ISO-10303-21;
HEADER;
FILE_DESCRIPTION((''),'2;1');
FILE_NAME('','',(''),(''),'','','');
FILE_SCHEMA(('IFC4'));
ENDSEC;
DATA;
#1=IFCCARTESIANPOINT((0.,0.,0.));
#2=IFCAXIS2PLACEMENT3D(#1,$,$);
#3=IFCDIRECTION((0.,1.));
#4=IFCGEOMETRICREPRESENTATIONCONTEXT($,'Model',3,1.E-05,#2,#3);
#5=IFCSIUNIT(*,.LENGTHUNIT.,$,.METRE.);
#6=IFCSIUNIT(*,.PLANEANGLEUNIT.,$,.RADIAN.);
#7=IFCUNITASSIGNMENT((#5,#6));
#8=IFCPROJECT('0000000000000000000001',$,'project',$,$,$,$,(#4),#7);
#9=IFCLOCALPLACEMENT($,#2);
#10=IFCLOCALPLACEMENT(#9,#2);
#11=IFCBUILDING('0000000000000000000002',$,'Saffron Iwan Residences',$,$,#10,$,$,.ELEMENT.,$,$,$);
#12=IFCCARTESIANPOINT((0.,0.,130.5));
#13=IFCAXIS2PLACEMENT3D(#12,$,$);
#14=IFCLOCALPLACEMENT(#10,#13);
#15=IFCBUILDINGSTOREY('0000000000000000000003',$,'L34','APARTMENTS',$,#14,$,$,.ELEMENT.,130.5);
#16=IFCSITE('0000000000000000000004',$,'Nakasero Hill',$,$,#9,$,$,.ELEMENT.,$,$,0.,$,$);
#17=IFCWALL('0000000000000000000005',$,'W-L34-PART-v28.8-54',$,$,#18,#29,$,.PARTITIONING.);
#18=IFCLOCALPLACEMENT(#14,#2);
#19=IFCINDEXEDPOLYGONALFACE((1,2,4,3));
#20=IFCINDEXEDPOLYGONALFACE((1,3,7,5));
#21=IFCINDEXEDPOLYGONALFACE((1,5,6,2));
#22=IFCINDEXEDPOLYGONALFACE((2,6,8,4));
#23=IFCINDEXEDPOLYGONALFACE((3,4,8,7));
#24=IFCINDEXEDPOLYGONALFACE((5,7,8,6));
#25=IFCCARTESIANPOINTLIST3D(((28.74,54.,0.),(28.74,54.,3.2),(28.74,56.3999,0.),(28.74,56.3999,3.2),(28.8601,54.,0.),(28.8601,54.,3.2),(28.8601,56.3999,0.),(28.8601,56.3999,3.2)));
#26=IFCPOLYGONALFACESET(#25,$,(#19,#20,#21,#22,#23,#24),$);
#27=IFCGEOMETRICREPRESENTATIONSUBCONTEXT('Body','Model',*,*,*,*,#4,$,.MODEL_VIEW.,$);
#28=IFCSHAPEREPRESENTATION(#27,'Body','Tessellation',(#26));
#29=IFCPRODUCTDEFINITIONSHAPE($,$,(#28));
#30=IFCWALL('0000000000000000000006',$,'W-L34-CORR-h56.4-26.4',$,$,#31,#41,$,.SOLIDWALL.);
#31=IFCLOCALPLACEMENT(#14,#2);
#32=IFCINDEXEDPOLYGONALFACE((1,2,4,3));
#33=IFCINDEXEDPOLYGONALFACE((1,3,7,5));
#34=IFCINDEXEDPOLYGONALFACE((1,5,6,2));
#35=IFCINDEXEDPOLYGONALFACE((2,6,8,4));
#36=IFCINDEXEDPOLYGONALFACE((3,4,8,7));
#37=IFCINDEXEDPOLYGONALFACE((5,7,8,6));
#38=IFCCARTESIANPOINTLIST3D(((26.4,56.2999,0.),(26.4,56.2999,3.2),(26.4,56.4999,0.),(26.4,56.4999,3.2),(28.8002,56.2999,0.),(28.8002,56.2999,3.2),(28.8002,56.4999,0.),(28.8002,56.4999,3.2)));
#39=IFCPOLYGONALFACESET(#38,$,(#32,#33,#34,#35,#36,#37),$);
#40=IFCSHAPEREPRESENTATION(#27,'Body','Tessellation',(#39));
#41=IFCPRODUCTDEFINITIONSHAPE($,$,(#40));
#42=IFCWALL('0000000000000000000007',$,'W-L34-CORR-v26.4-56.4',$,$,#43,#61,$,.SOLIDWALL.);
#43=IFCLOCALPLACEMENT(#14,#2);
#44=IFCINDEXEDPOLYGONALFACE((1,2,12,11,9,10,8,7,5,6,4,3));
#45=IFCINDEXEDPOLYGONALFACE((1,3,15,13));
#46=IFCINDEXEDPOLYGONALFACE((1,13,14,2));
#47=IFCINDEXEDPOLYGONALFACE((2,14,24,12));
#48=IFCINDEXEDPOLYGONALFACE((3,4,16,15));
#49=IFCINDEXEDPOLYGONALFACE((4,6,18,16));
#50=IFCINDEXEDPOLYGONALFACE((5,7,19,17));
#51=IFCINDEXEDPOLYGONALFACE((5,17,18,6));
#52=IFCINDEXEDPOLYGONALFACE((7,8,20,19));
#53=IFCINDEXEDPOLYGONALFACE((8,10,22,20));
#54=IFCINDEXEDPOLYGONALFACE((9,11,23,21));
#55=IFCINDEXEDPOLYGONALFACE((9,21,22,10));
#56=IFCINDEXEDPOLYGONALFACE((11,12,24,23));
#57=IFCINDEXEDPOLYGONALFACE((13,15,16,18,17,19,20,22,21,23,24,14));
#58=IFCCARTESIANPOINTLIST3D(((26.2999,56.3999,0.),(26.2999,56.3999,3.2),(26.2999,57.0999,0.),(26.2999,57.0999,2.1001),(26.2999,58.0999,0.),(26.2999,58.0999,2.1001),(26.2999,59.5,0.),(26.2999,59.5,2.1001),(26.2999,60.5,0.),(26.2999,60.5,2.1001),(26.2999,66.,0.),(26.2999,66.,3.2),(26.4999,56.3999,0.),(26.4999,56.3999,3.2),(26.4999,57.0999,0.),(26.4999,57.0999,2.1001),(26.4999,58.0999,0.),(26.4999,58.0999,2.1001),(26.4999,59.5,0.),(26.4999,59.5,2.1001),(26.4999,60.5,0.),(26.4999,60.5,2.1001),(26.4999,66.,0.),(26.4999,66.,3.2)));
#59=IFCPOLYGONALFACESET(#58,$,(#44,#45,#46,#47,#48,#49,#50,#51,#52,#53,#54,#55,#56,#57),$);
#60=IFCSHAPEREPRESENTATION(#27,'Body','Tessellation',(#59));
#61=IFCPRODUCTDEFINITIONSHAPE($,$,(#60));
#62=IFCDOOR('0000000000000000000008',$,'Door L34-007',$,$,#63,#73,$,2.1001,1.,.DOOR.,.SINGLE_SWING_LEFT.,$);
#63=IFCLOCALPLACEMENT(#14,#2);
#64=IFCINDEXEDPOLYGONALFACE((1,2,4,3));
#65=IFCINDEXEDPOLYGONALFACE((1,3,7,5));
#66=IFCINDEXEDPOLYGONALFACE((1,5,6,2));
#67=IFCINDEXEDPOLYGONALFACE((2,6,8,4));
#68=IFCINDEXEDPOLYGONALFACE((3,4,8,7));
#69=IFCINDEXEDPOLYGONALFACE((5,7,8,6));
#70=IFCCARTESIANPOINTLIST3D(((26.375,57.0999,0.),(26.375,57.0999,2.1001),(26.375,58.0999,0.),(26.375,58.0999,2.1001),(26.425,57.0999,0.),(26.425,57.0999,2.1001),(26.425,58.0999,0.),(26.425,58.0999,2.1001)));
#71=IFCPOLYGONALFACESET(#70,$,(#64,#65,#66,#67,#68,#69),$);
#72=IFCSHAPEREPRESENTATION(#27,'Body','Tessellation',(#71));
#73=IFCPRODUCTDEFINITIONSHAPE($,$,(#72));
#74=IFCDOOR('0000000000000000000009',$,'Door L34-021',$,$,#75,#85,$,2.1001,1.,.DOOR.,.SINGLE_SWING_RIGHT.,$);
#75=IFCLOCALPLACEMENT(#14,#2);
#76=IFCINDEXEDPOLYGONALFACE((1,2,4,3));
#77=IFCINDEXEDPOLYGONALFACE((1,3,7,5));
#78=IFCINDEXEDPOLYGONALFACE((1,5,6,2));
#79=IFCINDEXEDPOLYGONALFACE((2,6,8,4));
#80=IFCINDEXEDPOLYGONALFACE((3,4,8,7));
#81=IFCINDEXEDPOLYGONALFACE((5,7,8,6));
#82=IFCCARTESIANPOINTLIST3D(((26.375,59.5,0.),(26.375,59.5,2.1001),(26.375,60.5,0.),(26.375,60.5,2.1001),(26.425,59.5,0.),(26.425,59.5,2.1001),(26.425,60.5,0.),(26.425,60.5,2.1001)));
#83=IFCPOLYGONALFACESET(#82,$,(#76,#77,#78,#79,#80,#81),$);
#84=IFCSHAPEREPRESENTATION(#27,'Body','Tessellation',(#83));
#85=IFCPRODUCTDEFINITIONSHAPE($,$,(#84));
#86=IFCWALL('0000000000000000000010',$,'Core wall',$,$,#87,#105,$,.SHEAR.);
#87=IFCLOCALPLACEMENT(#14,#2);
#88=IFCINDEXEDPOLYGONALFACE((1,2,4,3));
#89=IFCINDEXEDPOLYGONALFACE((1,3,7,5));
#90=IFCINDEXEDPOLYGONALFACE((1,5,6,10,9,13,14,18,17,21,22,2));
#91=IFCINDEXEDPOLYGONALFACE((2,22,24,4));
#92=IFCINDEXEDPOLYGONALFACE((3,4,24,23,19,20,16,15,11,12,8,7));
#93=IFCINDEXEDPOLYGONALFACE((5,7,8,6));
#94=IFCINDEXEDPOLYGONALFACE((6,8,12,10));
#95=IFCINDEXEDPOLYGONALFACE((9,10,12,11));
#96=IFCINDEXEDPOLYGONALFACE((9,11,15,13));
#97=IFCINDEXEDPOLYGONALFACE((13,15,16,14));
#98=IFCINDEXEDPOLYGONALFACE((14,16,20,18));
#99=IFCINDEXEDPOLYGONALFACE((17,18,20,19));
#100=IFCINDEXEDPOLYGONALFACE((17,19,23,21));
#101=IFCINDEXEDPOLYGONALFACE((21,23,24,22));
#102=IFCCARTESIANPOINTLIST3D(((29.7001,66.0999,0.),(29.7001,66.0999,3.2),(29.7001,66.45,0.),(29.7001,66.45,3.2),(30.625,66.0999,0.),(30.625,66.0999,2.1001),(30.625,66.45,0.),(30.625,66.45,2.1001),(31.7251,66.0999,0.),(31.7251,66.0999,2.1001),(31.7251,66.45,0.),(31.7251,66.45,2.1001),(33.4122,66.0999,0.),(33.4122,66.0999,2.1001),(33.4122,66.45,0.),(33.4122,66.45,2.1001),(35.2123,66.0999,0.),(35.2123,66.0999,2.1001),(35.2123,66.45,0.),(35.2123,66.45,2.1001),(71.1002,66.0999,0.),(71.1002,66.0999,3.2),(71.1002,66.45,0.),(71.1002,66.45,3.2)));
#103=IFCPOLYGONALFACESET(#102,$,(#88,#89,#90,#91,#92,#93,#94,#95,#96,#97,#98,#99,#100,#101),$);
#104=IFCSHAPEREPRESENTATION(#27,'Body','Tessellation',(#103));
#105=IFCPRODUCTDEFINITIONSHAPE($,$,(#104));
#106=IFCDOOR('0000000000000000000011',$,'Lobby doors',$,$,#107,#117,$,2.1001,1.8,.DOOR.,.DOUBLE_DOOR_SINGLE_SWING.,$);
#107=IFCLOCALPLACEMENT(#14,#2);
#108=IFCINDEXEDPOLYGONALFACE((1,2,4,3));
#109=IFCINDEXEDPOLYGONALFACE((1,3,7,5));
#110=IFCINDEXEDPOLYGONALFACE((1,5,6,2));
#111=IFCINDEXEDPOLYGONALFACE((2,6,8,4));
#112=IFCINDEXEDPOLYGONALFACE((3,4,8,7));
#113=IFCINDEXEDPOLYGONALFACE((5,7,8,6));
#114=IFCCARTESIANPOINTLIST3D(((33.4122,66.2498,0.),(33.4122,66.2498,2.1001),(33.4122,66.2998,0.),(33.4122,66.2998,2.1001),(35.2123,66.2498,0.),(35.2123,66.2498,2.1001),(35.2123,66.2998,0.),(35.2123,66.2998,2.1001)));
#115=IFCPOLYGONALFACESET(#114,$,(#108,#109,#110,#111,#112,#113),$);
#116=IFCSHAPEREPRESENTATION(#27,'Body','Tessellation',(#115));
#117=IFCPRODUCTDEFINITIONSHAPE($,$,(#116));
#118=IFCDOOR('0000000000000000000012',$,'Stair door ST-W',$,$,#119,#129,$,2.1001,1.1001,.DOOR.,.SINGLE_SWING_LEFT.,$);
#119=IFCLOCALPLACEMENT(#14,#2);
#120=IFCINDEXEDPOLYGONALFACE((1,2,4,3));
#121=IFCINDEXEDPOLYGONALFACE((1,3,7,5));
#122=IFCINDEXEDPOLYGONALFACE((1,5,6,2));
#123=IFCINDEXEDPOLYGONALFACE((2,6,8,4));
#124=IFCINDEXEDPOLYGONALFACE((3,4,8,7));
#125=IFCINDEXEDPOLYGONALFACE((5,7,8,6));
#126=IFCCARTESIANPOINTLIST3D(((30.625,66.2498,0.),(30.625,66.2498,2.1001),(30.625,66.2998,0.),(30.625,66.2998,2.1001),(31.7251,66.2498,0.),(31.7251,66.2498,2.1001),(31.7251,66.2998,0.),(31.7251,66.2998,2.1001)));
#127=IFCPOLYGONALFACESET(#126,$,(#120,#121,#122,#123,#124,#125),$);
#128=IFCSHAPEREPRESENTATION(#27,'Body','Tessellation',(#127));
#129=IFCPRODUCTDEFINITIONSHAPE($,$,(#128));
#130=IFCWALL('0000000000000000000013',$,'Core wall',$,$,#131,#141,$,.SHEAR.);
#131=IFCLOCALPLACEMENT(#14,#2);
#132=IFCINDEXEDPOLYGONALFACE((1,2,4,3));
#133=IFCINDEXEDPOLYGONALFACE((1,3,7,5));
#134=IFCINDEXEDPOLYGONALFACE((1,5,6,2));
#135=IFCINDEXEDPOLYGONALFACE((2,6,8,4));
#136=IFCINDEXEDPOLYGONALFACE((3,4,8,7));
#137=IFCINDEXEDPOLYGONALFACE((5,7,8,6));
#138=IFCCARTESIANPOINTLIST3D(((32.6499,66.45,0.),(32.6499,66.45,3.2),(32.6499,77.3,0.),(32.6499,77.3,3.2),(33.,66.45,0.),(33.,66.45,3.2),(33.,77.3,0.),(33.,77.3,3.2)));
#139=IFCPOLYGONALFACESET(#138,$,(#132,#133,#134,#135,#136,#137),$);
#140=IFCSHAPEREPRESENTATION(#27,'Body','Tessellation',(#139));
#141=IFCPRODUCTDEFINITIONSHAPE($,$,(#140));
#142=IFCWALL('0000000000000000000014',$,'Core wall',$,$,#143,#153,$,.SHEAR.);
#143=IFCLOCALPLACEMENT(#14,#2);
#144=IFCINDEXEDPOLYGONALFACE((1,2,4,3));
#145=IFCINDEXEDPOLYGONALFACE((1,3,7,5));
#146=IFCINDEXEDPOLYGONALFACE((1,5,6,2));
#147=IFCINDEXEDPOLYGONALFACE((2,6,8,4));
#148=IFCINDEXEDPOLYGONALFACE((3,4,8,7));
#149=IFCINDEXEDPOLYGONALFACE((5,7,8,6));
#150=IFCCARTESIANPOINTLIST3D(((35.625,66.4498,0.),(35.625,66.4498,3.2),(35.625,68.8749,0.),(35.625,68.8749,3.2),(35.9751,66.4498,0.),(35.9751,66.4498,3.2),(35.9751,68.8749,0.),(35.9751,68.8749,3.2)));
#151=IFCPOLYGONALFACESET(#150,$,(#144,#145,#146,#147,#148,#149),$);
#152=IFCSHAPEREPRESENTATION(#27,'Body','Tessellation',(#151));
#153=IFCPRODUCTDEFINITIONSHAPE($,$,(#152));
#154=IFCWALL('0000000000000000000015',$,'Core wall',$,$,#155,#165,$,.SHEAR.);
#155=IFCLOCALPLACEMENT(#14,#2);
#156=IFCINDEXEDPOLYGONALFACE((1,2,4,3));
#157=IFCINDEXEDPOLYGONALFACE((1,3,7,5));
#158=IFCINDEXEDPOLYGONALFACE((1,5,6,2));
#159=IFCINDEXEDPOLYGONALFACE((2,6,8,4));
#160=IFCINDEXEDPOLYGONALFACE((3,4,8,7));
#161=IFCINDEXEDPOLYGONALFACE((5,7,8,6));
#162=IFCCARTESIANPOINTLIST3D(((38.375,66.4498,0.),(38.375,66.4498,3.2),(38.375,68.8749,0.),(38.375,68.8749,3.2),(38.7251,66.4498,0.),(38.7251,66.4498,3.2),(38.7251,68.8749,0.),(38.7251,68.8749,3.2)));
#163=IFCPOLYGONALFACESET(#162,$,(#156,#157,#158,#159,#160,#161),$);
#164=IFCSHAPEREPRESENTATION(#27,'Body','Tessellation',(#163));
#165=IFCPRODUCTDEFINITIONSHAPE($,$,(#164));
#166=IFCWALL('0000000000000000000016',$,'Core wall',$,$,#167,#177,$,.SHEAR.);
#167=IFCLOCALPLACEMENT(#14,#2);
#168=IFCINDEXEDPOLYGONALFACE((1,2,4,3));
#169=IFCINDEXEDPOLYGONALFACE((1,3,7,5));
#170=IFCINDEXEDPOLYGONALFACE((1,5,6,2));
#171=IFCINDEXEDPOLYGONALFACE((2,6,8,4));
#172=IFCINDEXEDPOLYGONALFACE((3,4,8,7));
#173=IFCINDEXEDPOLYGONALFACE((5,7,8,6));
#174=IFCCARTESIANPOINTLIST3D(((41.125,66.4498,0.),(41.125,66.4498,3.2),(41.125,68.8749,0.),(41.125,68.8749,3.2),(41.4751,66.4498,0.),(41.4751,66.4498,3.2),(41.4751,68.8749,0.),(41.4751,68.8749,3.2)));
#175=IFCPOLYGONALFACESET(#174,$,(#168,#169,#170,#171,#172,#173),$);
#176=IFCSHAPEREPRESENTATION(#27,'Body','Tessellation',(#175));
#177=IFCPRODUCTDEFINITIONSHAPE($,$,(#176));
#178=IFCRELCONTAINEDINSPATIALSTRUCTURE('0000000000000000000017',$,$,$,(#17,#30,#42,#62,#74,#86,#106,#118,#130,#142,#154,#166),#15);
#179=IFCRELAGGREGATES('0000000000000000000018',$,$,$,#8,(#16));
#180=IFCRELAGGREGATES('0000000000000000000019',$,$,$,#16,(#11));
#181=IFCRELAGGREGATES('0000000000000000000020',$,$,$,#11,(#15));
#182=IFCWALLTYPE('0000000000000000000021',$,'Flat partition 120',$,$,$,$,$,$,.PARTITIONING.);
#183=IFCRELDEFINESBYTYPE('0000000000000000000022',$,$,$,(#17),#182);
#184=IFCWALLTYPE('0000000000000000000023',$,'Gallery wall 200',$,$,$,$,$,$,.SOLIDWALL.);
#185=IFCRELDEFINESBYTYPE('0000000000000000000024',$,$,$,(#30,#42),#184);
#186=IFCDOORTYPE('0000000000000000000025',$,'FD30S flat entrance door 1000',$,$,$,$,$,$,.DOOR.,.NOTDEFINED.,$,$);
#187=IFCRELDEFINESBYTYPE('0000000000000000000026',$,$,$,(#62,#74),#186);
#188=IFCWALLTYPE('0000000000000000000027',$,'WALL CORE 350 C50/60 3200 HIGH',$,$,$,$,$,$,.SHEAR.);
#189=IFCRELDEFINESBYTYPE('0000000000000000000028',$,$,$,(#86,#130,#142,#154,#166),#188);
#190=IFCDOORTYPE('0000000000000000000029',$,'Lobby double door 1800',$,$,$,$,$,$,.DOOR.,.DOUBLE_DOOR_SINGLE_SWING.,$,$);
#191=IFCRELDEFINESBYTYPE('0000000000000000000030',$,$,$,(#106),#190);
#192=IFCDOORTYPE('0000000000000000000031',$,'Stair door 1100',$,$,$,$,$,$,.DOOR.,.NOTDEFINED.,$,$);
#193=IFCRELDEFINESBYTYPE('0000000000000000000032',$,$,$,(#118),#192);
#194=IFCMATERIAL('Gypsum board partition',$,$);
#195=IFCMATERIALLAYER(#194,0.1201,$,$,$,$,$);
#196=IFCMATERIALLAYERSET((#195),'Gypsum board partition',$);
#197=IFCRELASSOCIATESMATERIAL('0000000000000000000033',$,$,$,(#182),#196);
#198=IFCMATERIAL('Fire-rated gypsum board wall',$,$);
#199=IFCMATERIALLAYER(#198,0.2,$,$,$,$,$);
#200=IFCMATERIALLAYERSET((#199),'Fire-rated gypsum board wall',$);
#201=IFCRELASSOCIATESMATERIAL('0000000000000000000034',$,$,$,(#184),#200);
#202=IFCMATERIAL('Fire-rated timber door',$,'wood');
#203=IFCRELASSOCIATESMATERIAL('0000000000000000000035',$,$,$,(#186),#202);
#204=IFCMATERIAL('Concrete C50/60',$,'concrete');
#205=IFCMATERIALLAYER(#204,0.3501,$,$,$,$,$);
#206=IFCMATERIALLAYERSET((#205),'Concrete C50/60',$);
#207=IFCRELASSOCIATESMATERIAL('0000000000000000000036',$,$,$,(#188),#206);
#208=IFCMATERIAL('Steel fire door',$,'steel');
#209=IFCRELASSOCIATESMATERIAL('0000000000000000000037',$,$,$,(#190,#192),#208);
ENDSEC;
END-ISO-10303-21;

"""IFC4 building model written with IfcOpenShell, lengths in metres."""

from ifc_helpers import new_model, si_unit, direction, frame, frame_2d, origin, place, context, subcontext, project, spatial, rectangle, extrude, material, layer, layer_set, type_object, element, fill, save


model = new_model("IFC4")

# Units and contexts
model_context = context("Model", 3, precision=1e-05, world=origin(), true_north=direction((0.0, 1.0)))
body_context = subcontext(model_context, "Body", "Model", "MODEL_VIEW")
ifc_project = project(units=[si_unit("LENGTHUNIT", "METRE"), si_unit("PLANEANGLEUNIT", "RADIAN")], contexts=[model_context])

# Site, building, storey
site_placement = place(None, origin())
site = spatial("IfcSite", under=ifc_project, at=site_placement, Name="Nakasero Hill", CompositionType="ELEMENT", RefElevation=0.0)
building_placement = place(site_placement, origin())
building = spatial("IfcBuilding", under=site, at=building_placement, Name="Saffron Iwan Residences", CompositionType="ELEMENT")
storey_placement = place(building_placement, frame((0.0, 0.0, 130.5)))
storey = spatial("IfcBuildingStorey", under=building, at=storey_placement, Name="L34", Description="APARTMENTS", CompositionType="ELEMENT", Elevation=130.5)

# Shared definitions
ifc_material_1 = material(Name="Concrete C50/60", Category="concrete")

# Shared definitions
ifc_material_2 = material(Name="Gypsum board partition")
ifc_layer_1 = layer(ifc_material_2, 0.1201)
ifc_layer_set_1 = layer_set([ifc_layer_1], Name="Gypsum board partition")
wall_type_1 = type_object("IfcWallType", Name="Flat partition 120", PredefinedType="PARTITIONING", material=ifc_layer_set_1)

# Walls
wall_1_placement = place(storey_placement, frame((28.8, 54.0, 0.0), z_axis=(0.0, 0.0, 1.0), x_axis=(0.0, 1.0, 0.0)))
element("IfcWall", 1, at=wall_1_placement, inside=storey, type_object=wall_type_1, Name="W-L34-PART-v28.8-54", PredefinedType="PARTITIONING", context=body_context, shape_type="SweptSolid", body=[
    extrude(rectangle(XDim=2.3999, YDim=0.1201, at=frame_2d((1.2, 0.0))), origin(), (0.0, 0.0, 1.0), 3.2),
])
ifc_material_3 = material(Name="Fire-rated gypsum board wall")
ifc_layer_2 = layer(ifc_material_3, 0.2)
ifc_layer_set_2 = layer_set([ifc_layer_2], Name="Fire-rated gypsum board wall")
wall_type_2 = type_object("IfcWallType", Name="Gallery wall 200", PredefinedType="SOLIDWALL", material=ifc_layer_set_2)
wall_2_placement = place(storey_placement, frame((26.3999, 56.3999, 0.0), z_axis=(0.0, 0.0, 1.0), x_axis=(1.0, 0.0, 0.0)))
element("IfcWall", 2, at=wall_2_placement, inside=storey, type_object=wall_type_2, Name="W-L34-CORR-h56.4-26.4", PredefinedType="SOLIDWALL", context=body_context, shape_type="SweptSolid", body=[
    extrude(rectangle(XDim=2.4001, YDim=0.2, at=frame_2d((1.2002, 0.0))), origin(), (0.0, 0.0, 1.0), 3.2),
])

# Walls, openings, doors
wall_3_placement = place(storey_placement, frame((26.3999, 56.3999, 0.0), z_axis=(0.0, 0.0, 1.0), x_axis=(0.0, 1.0, 0.0)))
wall_3 = element("IfcWall", 3, at=wall_3_placement, inside=storey, type_object=wall_type_2, Name="W-L34-CORR-v26.4-56.4", PredefinedType="SOLIDWALL", context=body_context, shape_type="SweptSolid", body=[
    extrude(rectangle(XDim=9.6001, YDim=0.2, at=frame_2d((4.8, 0.0))), origin(), (0.0, 0.0, 1.0), 3.2),
])
opening_1_placement = place(wall_3_placement, frame((0.7, 0.0, 0.0)))
opening_1 = element("IfcOpeningElement", 4, at=opening_1_placement, cuts=wall_3, PredefinedType="OPENING", context=body_context, shape_type="SweptSolid", body=[
    extrude(rectangle(XDim=1.0, YDim=2.1001, at=frame_2d((0.5, 1.05))), frame((0.0, 0.1099, 0.0), z_axis=(0.0, -1.0, 0.0), x_axis=(1.0, 0.0, 0.0)), (0.0, 0.0, 1.0), 0.22),
])
opening_2_placement = place(wall_3_placement, frame((3.1001, 0.0, 0.0)))
opening_2 = element("IfcOpeningElement", 5, at=opening_2_placement, cuts=wall_3, PredefinedType="OPENING", context=body_context, shape_type="SweptSolid", body=[
    extrude(rectangle(XDim=1.0, YDim=2.1001, at=frame_2d((0.5, 1.05))), frame((0.0, 0.1099, 0.0), z_axis=(0.0, -1.0, 0.0), x_axis=(1.0, 0.0, 0.0)), (0.0, 0.0, 1.0), 0.22),
])
ifc_material_4 = material(Name="Fire-rated timber door", Category="wood")
door_type_1 = type_object("IfcDoorType", Name="FD30S flat entrance door 1000", OperationType="NOTDEFINED", PredefinedType="DOOR", material=ifc_material_4)
door_1_placement = place(opening_1_placement, origin())
door_1 = element("IfcDoor", 6, at=door_1_placement, inside=storey, type_object=door_type_1, Name="Door L34-007", OperationType="SINGLE_SWING_LEFT", OverallHeight=2.1001, OverallWidth=1.0, PredefinedType="DOOR", context=body_context, shape_type="SweptSolid", body=[
    extrude(rectangle(XDim=1.0, YDim=2.1001, at=frame_2d((0.5, 1.05))), frame((0.0, 0.0249, 0.0), z_axis=(0.0, -1.0, 0.0), x_axis=(1.0, 0.0, 0.0)), (0.0, 0.0, 1.0), 0.05),
])
fill(opening_1, door_1)
door_2_placement = place(opening_2_placement, origin())
door_2 = element("IfcDoor", 7, at=door_2_placement, inside=storey, type_object=door_type_1, Name="Door L34-021", OperationType="SINGLE_SWING_RIGHT", OverallHeight=2.1001, OverallWidth=1.0, PredefinedType="DOOR", context=body_context, shape_type="SweptSolid", body=[
    extrude(rectangle(XDim=1.0, YDim=2.1001, at=frame_2d((0.5, 1.05))), frame((0.0, 0.0249, 0.0), z_axis=(0.0, -1.0, 0.0), x_axis=(1.0, 0.0, 0.0)), (0.0, 0.0, 1.0), 0.05),
])
fill(opening_2, door_2)
ifc_layer_3 = layer(ifc_material_1, 0.3501)
ifc_layer_set_3 = layer_set([ifc_layer_3], Name="Concrete C50/60")
wall_type_3 = type_object("IfcWallType", Name="WALL CORE 350 C50/60 3200 HIGH", PredefinedType="SHEAR", material=ifc_layer_set_3)
wall_4_placement = place(storey_placement, frame((29.7, 66.2749, 0.0), z_axis=(0.0, 0.0, 1.0), x_axis=(1.0, 0.0, 0.0)))
wall_4 = element("IfcWall", 8, at=wall_4_placement, inside=storey, type_object=wall_type_3, Name="Core wall", PredefinedType="SHEAR", context=body_context, shape_type="SweptSolid", body=[
    extrude(rectangle(XDim=41.4001, YDim=0.3501, at=frame_2d((20.7002, 0.0))), origin(), (0.0, 0.0, 1.0), 3.2),
])
opening_3_placement = place(wall_4_placement, frame((0.925, 0.0, 0.0)))
opening_3 = element("IfcOpeningElement", 9, at=opening_3_placement, cuts=wall_4, PredefinedType="OPENING", context=body_context, shape_type="SweptSolid", body=[
    extrude(rectangle(XDim=1.1001, YDim=2.1001, at=frame_2d((0.55, 1.05))), frame((0.0, 0.1851, 0.0), z_axis=(0.0, -1.0, 0.0), x_axis=(1.0, 0.0, 0.0)), (0.0, 0.0, 1.0), 0.3701),
])
opening_4_placement = place(wall_4_placement, frame((3.7124, 0.0, 0.0)))
opening_4 = element("IfcOpeningElement", 10, at=opening_4_placement, cuts=wall_4, PredefinedType="OPENING", context=body_context, shape_type="SweptSolid", body=[
    extrude(rectangle(XDim=1.8, YDim=2.1001, at=frame_2d((0.8999, 1.05))), frame((0.0, 0.1851, 0.0), z_axis=(0.0, -1.0, 0.0), x_axis=(1.0, 0.0, 0.0)), (0.0, 0.0, 1.0), 0.3701),
])
ifc_material_5 = material(Name="Steel fire door", Category="steel")
door_type_2 = type_object("IfcDoorType", Name="Lobby double door 1800", OperationType="DOUBLE_DOOR_SINGLE_SWING", PredefinedType="DOOR", material=ifc_material_5)
door_3_placement = place(opening_4_placement, origin())
door_3 = element("IfcDoor", 11, at=door_3_placement, inside=storey, type_object=door_type_2, Name="Lobby doors", OperationType="DOUBLE_DOOR_SINGLE_SWING", OverallHeight=2.1001, OverallWidth=1.8, PredefinedType="DOOR", context=body_context, shape_type="SweptSolid", body=[
    extrude(rectangle(XDim=1.8, YDim=2.1001, at=frame_2d((0.8999, 1.05))), frame((0.0, 0.0249, 0.0), z_axis=(0.0, -1.0, 0.0), x_axis=(1.0, 0.0, 0.0)), (0.0, 0.0, 1.0), 0.05),
])
fill(opening_4, door_3)
door_type_3 = type_object("IfcDoorType", Name="Stair door 1100", OperationType="NOTDEFINED", PredefinedType="DOOR", material=ifc_material_5)
door_4_placement = place(opening_3_placement, origin())
door_4 = element("IfcDoor", 12, at=door_4_placement, inside=storey, type_object=door_type_3, Name="Stair door ST-W", OperationType="SINGLE_SWING_LEFT", OverallHeight=2.1001, OverallWidth=1.1001, PredefinedType="DOOR", context=body_context, shape_type="SweptSolid", body=[
    extrude(rectangle(XDim=1.1001, YDim=2.1001, at=frame_2d((0.55, 1.05))), frame((0.0, 0.0249, 0.0), z_axis=(0.0, -1.0, 0.0), x_axis=(1.0, 0.0, 0.0)), (0.0, 0.0, 1.0), 0.05),
])
fill(opening_3, door_4)

# Walls
wall_5_placement = place(storey_placement, frame((32.825, 66.45, 0.0), z_axis=(0.0, 0.0, 1.0), x_axis=(0.0, 1.0, 0.0)))
element("IfcWall", 13, at=wall_5_placement, inside=storey, type_object=wall_type_3, Name="Core wall", PredefinedType="SHEAR", context=body_context, shape_type="SweptSolid", body=[
    extrude(rectangle(XDim=10.8501, YDim=0.3501, at=frame_2d((5.425, 0.0))), origin(), (0.0, 0.0, 1.0), 3.2),
])
for number, where, z_axis, x_axis, name in (
    (14, (35.8, 66.45, 0.0), (0.0, 0.0, 1.0), (0.0, 1.0, 0.0), "Core wall"),
    (15, (38.55, 66.45, 0.0), (0.0, 0.0, 1.0), (0.0, 1.0, 0.0), "Core wall"),
    (16, (41.3, 66.45, 0.0), (0.0, 0.0, 1.0), (0.0, 1.0, 0.0), "Core wall"),
):
    element("IfcWall", number, at=place(storey_placement, frame(where, z_axis=z_axis, x_axis=x_axis)), inside=storey, type_object=wall_type_3, Name=name, PredefinedType="SHEAR", context=body_context, shape_type="SweptSolid", body=[
        extrude(rectangle(XDim=2.425, YDim=0.3501, at=frame_2d((1.2124, 0.0))), origin(), (0.0, 0.0, 1.0), 3.2),
    ])

save(model, "model.ifc")
